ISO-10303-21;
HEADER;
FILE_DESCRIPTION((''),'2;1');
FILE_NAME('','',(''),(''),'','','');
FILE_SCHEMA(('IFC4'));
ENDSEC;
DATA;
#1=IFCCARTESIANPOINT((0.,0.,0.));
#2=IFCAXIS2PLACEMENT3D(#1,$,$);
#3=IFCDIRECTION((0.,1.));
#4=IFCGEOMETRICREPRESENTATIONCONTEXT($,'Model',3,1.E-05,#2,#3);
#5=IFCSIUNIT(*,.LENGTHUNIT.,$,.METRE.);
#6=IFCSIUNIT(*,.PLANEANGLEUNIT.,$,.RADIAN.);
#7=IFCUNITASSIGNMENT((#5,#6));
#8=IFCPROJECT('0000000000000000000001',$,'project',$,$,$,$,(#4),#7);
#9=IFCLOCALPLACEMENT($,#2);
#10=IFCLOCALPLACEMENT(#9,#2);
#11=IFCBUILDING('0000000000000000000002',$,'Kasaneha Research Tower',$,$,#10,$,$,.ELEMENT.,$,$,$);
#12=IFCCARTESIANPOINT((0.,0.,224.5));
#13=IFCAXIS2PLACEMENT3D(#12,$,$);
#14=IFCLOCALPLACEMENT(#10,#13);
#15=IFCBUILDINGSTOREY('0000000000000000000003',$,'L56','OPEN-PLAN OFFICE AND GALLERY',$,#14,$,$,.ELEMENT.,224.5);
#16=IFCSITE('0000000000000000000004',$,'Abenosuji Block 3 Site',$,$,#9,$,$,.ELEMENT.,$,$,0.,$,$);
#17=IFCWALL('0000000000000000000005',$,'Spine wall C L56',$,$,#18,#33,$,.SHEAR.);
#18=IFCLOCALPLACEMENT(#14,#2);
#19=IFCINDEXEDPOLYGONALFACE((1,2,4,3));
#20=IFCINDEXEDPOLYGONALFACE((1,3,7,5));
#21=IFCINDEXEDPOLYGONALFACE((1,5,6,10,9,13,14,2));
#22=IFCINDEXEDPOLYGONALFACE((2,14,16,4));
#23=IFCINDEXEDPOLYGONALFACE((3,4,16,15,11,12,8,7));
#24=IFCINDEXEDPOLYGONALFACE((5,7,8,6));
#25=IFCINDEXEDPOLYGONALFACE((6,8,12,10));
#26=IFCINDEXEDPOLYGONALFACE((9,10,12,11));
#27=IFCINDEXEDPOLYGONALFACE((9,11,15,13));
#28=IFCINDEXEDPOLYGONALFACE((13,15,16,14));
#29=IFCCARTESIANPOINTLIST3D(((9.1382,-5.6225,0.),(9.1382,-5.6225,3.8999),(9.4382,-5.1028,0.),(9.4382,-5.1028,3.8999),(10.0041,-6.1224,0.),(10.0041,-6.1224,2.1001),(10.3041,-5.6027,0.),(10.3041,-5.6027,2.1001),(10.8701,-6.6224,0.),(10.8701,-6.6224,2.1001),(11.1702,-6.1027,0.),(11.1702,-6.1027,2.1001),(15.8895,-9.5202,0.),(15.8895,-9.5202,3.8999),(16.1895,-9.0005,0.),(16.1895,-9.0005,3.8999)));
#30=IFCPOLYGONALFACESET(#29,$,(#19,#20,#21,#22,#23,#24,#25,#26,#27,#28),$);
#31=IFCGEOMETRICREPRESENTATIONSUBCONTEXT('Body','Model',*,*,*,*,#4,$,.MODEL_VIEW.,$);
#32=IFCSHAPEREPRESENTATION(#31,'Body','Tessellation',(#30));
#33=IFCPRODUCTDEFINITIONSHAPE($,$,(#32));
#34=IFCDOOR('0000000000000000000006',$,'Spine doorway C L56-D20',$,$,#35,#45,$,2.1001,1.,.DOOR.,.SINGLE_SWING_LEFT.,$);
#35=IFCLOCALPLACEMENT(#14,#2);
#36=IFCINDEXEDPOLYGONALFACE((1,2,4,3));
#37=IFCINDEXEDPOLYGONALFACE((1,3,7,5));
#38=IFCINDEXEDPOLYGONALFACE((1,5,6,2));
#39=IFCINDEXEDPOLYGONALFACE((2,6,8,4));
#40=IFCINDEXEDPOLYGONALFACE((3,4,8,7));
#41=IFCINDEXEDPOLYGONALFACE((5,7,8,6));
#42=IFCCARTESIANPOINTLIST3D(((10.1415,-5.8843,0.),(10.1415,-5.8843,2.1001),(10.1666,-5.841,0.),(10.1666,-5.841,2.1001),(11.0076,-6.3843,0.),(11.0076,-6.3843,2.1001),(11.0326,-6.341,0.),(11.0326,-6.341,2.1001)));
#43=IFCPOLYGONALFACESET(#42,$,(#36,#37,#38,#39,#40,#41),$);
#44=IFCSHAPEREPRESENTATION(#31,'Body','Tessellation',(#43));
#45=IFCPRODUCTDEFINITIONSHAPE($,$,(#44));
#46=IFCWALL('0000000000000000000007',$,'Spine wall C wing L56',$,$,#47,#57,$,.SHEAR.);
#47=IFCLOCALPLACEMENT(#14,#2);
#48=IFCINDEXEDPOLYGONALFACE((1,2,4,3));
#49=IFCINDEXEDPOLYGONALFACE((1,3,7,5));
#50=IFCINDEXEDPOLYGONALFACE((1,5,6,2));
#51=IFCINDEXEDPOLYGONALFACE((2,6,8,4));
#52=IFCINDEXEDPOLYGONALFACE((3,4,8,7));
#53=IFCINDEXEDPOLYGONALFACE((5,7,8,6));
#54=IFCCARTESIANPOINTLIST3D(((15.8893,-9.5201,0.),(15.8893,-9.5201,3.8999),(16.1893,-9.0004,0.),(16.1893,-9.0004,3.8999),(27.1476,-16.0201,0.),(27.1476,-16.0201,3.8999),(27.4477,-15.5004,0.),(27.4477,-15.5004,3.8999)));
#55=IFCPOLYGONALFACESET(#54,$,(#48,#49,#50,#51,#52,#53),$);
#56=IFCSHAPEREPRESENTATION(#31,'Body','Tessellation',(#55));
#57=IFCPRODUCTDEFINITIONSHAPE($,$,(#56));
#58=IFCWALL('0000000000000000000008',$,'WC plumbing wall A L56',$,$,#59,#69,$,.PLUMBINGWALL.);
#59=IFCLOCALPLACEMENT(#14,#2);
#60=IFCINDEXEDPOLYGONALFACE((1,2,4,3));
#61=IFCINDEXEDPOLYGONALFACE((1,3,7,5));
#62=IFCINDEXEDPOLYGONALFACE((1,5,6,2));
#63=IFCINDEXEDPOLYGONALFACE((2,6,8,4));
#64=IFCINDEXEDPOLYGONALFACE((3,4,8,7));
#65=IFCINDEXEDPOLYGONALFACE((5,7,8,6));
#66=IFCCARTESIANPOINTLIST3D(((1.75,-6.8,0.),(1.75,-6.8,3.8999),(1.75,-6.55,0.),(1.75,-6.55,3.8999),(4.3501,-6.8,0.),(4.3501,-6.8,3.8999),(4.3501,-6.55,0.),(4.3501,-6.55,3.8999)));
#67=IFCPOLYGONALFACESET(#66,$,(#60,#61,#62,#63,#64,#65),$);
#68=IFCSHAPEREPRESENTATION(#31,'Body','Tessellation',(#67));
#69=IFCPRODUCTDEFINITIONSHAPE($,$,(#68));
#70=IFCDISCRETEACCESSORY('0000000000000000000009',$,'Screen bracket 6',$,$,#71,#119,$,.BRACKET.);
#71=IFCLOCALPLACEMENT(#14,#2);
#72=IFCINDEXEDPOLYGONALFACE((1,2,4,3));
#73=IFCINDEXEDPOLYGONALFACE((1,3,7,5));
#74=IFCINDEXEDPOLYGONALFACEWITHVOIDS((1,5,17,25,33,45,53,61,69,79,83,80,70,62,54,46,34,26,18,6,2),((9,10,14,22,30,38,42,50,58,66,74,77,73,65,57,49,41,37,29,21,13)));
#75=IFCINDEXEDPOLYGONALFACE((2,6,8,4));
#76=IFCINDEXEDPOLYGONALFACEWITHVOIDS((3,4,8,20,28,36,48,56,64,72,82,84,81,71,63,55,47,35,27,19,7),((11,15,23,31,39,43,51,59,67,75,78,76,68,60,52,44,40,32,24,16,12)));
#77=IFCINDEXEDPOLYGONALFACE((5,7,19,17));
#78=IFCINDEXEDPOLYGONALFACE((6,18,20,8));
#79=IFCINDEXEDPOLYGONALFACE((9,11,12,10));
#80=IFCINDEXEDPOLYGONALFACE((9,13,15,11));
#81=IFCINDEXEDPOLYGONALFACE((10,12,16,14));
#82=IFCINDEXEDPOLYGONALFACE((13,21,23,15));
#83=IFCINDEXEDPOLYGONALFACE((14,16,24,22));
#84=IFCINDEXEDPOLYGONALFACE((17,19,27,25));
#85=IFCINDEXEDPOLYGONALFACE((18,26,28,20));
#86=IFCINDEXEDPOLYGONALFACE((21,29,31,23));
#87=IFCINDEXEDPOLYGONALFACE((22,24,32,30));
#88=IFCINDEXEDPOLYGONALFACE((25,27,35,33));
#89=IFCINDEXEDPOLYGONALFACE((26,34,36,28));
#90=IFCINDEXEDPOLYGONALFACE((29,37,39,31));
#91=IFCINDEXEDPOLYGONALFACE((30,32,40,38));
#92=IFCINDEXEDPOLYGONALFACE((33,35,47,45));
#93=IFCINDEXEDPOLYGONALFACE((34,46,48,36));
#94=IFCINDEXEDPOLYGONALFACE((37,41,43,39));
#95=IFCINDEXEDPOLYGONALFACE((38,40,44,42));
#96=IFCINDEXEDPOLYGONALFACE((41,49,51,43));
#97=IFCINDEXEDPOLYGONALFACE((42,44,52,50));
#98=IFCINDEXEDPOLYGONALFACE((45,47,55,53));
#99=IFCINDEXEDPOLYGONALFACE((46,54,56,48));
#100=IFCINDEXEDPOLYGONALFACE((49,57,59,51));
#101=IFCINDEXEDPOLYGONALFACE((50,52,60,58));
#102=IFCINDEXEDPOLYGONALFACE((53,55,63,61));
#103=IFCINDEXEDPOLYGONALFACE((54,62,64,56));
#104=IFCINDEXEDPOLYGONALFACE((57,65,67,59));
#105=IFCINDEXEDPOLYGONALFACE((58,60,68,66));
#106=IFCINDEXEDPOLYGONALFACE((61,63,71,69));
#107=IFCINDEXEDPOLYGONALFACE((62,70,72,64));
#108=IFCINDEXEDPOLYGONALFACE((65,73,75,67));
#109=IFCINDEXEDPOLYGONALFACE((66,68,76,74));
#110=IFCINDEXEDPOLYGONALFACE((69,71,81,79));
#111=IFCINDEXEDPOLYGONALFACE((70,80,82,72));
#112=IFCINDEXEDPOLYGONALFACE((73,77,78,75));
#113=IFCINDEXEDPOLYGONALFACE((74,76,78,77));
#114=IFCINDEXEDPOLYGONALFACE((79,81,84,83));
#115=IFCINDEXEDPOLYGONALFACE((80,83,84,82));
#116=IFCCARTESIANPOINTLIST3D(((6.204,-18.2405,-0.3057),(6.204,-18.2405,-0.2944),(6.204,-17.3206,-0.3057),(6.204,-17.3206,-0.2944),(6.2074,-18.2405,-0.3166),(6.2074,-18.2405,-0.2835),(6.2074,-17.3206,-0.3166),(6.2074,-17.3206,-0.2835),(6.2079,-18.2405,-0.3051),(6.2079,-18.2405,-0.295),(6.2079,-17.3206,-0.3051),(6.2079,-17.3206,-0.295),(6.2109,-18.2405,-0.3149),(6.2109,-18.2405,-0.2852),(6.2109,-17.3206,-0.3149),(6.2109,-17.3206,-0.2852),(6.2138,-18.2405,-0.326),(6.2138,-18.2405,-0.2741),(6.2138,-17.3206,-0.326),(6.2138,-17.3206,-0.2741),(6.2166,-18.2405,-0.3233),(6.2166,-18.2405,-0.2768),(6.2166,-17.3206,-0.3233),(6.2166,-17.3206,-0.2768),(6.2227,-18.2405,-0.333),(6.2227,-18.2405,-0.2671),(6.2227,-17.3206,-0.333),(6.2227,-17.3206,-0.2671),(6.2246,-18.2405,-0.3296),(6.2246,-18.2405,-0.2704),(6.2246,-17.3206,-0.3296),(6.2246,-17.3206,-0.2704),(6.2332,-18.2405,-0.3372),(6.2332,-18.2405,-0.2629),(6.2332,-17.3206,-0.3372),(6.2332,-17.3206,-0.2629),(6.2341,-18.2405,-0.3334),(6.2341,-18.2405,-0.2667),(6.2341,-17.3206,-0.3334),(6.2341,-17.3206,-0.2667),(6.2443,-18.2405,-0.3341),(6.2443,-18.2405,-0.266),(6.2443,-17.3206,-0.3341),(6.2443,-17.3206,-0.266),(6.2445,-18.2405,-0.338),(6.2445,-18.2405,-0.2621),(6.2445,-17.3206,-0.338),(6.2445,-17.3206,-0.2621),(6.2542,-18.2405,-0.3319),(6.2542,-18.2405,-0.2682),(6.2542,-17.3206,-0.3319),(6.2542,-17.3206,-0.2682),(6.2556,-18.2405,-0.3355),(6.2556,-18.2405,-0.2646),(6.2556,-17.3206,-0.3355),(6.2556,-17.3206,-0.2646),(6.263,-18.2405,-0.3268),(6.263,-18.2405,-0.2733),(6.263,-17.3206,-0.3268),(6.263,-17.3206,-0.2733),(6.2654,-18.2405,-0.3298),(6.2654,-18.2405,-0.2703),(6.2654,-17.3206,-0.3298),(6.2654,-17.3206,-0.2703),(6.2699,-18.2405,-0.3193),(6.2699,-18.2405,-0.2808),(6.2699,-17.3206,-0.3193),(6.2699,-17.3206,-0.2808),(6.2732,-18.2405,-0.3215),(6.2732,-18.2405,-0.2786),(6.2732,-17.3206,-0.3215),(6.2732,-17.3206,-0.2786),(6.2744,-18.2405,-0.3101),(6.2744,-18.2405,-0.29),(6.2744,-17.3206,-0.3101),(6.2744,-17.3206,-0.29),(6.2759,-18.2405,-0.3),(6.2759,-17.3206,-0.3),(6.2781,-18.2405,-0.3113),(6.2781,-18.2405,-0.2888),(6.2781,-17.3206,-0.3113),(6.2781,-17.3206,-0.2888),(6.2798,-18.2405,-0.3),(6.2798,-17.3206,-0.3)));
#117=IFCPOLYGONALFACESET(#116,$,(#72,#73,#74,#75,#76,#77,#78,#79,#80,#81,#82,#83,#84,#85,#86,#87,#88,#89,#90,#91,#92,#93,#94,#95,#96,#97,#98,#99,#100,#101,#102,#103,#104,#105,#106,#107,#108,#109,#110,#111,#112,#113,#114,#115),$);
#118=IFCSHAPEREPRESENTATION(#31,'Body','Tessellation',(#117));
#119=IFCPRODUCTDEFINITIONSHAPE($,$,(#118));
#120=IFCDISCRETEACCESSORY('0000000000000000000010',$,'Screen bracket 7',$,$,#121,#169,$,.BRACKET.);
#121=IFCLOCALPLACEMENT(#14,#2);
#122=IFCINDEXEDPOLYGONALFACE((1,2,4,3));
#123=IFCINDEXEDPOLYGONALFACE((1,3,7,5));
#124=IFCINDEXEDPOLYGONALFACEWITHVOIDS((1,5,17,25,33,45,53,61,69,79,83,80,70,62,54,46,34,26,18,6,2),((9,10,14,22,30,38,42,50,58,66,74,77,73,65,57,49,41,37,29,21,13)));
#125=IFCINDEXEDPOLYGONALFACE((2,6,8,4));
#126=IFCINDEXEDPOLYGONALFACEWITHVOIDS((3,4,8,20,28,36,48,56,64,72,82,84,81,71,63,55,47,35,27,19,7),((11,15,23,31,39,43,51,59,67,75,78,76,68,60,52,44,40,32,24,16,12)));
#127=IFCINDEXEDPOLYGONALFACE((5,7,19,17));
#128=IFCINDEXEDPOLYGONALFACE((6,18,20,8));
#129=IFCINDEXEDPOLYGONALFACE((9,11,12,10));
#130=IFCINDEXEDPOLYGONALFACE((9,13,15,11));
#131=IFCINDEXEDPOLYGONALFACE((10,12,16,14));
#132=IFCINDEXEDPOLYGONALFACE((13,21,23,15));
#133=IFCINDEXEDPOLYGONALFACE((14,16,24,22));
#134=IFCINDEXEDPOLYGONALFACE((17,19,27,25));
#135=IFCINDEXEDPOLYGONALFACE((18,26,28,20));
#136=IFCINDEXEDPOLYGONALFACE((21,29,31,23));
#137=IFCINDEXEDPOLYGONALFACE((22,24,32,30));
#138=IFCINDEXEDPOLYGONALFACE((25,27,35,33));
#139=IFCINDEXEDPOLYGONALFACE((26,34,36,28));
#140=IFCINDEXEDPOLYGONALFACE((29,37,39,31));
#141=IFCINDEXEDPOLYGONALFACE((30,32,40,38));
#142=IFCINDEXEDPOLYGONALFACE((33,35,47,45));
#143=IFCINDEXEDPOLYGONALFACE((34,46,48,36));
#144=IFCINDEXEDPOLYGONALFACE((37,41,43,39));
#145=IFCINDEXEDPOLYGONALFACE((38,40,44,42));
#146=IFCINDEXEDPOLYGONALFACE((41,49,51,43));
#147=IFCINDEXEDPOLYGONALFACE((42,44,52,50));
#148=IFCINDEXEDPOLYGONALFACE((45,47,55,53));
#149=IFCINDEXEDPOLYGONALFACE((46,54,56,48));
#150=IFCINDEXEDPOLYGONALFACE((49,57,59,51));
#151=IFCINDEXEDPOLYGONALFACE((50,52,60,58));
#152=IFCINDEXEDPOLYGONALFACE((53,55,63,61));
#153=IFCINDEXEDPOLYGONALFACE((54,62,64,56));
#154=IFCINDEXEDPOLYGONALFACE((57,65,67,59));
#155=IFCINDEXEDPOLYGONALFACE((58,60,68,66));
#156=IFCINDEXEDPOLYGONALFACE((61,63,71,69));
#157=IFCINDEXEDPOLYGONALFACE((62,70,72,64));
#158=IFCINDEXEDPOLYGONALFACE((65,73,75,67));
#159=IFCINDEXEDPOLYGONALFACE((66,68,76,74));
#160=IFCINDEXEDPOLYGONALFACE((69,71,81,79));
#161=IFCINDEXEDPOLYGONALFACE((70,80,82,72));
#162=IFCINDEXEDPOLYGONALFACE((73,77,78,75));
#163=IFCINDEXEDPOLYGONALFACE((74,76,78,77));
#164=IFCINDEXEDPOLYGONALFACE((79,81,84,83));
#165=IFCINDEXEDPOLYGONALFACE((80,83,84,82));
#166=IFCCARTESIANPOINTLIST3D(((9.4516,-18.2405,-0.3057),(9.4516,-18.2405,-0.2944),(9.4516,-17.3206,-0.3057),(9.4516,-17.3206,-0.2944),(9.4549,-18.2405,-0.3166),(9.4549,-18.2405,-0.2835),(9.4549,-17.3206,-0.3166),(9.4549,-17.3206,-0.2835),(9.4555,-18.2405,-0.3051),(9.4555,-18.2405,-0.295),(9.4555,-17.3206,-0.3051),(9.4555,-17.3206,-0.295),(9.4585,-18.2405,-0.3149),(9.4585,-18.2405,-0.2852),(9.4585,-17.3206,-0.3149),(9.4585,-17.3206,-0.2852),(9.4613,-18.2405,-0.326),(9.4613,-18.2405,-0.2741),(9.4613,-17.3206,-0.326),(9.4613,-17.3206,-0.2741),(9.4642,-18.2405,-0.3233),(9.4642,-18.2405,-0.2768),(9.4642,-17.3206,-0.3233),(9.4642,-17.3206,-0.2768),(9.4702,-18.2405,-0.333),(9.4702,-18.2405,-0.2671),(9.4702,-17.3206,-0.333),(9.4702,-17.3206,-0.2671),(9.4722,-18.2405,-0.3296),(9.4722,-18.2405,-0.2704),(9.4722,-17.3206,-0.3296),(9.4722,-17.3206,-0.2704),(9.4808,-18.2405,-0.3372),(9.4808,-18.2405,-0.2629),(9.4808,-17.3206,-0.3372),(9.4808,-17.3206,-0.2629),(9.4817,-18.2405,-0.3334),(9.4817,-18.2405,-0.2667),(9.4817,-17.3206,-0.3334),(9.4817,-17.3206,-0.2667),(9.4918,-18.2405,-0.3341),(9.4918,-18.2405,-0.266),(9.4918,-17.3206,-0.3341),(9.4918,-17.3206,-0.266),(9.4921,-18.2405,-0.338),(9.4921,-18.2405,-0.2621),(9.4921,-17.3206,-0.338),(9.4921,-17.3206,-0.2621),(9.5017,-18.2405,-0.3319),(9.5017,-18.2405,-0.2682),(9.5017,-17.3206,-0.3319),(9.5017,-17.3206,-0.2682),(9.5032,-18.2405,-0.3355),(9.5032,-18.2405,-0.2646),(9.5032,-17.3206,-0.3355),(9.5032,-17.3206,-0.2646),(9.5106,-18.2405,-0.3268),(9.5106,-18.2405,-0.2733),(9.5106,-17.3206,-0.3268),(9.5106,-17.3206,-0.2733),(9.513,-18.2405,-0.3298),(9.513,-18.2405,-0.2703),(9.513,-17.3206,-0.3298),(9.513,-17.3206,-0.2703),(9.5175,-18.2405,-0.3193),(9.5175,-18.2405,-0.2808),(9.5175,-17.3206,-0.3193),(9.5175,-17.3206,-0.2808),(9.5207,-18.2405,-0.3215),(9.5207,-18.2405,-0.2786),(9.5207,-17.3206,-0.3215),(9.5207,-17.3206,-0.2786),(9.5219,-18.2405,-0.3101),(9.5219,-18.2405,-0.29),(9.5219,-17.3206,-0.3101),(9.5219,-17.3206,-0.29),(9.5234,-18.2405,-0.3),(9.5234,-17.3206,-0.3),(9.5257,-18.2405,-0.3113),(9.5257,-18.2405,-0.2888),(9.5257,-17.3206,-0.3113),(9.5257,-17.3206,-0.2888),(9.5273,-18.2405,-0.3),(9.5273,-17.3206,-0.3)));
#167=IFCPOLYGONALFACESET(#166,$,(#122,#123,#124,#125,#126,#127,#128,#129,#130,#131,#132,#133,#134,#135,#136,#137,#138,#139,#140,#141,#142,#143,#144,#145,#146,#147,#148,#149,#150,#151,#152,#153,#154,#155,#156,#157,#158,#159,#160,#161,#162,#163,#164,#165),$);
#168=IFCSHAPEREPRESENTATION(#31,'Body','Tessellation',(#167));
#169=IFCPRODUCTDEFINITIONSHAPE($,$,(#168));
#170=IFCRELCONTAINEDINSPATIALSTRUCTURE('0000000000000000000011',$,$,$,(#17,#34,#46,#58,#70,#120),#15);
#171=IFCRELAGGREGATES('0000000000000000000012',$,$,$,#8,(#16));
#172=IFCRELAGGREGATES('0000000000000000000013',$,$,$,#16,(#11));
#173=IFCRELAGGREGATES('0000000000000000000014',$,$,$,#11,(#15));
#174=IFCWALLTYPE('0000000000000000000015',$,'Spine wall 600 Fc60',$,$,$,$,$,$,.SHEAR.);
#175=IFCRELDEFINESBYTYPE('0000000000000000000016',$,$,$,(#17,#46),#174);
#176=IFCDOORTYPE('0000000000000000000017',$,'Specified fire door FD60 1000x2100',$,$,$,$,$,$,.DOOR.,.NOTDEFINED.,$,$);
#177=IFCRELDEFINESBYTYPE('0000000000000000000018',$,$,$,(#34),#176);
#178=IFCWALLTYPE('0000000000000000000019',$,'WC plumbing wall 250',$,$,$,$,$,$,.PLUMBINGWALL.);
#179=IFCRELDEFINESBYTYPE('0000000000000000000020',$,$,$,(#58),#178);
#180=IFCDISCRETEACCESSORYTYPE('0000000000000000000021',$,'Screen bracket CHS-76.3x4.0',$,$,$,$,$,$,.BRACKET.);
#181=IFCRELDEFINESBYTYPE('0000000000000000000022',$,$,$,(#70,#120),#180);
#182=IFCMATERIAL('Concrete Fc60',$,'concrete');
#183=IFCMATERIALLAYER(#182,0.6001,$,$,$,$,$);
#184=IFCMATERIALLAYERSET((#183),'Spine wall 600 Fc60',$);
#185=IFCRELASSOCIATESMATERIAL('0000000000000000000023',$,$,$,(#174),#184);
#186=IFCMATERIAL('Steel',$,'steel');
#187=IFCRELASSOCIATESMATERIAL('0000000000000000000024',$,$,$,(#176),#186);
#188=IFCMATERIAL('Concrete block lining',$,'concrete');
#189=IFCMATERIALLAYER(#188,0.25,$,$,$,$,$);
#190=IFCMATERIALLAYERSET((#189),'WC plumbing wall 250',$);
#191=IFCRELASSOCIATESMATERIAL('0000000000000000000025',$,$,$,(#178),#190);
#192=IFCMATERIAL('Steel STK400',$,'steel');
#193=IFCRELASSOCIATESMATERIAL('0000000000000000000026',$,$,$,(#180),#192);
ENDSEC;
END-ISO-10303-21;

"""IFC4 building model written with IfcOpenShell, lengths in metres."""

from ifc_helpers import new_model, si_unit, direction, frame, frame_2d, origin, origin_2d, place, context, subcontext, project, spatial, rectangle, hollow_circle, extrude, material, layer, layer_set, material_profile, profile_set, type_object, element, fill, save


model = new_model("IFC4")

# Units and contexts
model_context = context("Model", 3, precision=1e-05, world=origin(), true_north=direction((0.0, 1.0)))
body_context = subcontext(model_context, "Body", "Model", "MODEL_VIEW")
ifc_project = project(units=[si_unit("LENGTHUNIT", "METRE"), si_unit("PLANEANGLEUNIT", "RADIAN")], contexts=[model_context])

# Site, building, storey
site_placement = place(None, origin())
site = spatial("IfcSite", under=ifc_project, at=site_placement, Name="Abenosuji Block 3 Site", CompositionType="ELEMENT", RefElevation=0.0)
building_placement = place(site_placement, origin())
building = spatial("IfcBuilding", under=site, at=building_placement, Name="Kasaneha Research Tower", CompositionType="ELEMENT")
storey_placement = place(building_placement, frame((0.0, 0.0, 224.5)))
storey = spatial("IfcBuildingStorey", under=building, at=storey_placement, Name="L56", Description="OPEN-PLAN OFFICE AND GALLERY", CompositionType="ELEMENT", Elevation=224.5)

# Wall, opening, door
ifc_material_1 = material(Name="Concrete Fc60", Category="concrete")
ifc_layer_1 = layer(ifc_material_1, 0.6001)
ifc_layer_set_1 = layer_set([ifc_layer_1], Name="Spine wall 600 Fc60")
wall_type_1 = type_object("IfcWallType", Name="Spine wall 600 Fc60", PredefinedType="SHEAR", material=ifc_layer_set_1)
wall_1_placement = place(storey_placement, frame((9.2881, -5.3625, 0.0), z_axis=(0.0, 0.0, 1.0), x_axis=(0.866032, -0.499989, 0.0)))
wall_1 = element("IfcWall", 1, at=wall_1_placement, inside=storey, type_object=wall_type_1, Name="Spine wall C L56", PredefinedType="SHEAR", context=body_context, shape_type="SweptSolid", body=[
    extrude(rectangle(XDim=7.7957, YDim=0.6001, at=frame_2d((3.8979, 0.0))), origin(), (0.0, 0.0, 1.0), 3.8999),
])
opening_1_placement = place(wall_1_placement, frame((1.0, 0.0, 0.0)))
opening_1 = element("IfcOpeningElement", 2, at=opening_1_placement, cuts=wall_1, PredefinedType="OPENING", context=body_context, shape_type="SweptSolid", body=[
    extrude(rectangle(XDim=1.0, YDim=2.1001, at=frame_2d((0.5, 1.05))), frame((0.0, 0.3101, 0.0), z_axis=(0.0, -1.0, 0.0), x_axis=(1.0, 0.0, 0.0)), (0.0, 0.0, 1.0), 0.6201),
])
ifc_material_2 = material(Name="Steel", Category="steel")
door_type_1 = type_object("IfcDoorType", Name="Specified fire door FD60 1000x2100", OperationType="NOTDEFINED", PredefinedType="DOOR", material=ifc_material_2)
door_1_placement = place(opening_1_placement, origin())
door_1 = element("IfcDoor", 3, at=door_1_placement, inside=storey, type_object=door_type_1, Name="Spine doorway C L56-D20", OperationType="SINGLE_SWING_LEFT", OverallHeight=2.1001, OverallWidth=1.0, PredefinedType="DOOR", context=body_context, shape_type="SweptSolid", body=[
    extrude(rectangle(XDim=1.0, YDim=2.1001, at=frame_2d((0.5, 1.05))), frame((0.0, 0.0249, 0.0), z_axis=(0.0, -1.0, 0.0), x_axis=(1.0, 0.0, 0.0)), (0.0, 0.0, 1.0), 0.05),
])
fill(opening_1, door_1)

# Walls
wall_2_placement = place(storey_placement, frame((16.0393, -9.2603, 0.0), z_axis=(0.0, 0.0, 1.0), x_axis=(0.866025, -0.500001, 0.0)))
element("IfcWall", 4, at=wall_2_placement, inside=storey, type_object=wall_type_1, Name="Spine wall C wing L56", PredefinedType="SHEAR", context=body_context, shape_type="SweptSolid", body=[
    extrude(rectangle(XDim=13.0, YDim=0.6001, at=frame_2d((6.5, 0.0))), origin(), (0.0, 0.0, 1.0), 3.8999),
])
ifc_material_3 = material(Name="Concrete block lining", Category="concrete")
ifc_layer_2 = layer(ifc_material_3, 0.25)
ifc_layer_set_2 = layer_set([ifc_layer_2], Name="WC plumbing wall 250")
wall_type_2 = type_object("IfcWallType", Name="WC plumbing wall 250", PredefinedType="PLUMBINGWALL", material=ifc_layer_set_2)
wall_3_placement = place(storey_placement, frame((1.75, -6.675, 0.0), z_axis=(0.0, 0.0, 1.0), x_axis=(1.0, 0.0, 0.0)))
element("IfcWall", 5, at=wall_3_placement, inside=storey, type_object=wall_type_2, Name="WC plumbing wall A L56", PredefinedType="PLUMBINGWALL", context=body_context, shape_type="SweptSolid", body=[
    extrude(rectangle(XDim=2.6001, YDim=0.25, at=frame_2d((1.3, 0.0))), origin(), (0.0, 0.0, 1.0), 3.8999),
])

# Discrete accessories
ifc_material_4 = material(Name="Steel STK400", Category="steel")
ifc_material_profile_1 = material_profile(ifc_material_4, hollow_circle(Radius=0.0381, WallThickness=0.0039, at=origin_2d()), Name="CHS-76.3x4.0")
ifc_profile_set_1 = profile_set([ifc_material_profile_1], Name="Steel STK400")
discrete_accessory_type = type_object("IfcDiscreteAccessoryType", Name="Screen bracket CHS-76.3x4.0", PredefinedType="BRACKET", material=ifc_profile_set_1)
for number, where, z_axis, x_axis, name in (
    (6, (6.2417, -17.3206, -0.3), (0.0, -1.0, 0.0), (1.0, 0.0, 0.0), "Screen bracket 6"),
    (7, (9.4893, -17.3206, -0.3), (0.0, -1.0, 0.0), (1.0, 0.0, 0.0), "Screen bracket 7"),
):
    element("IfcDiscreteAccessory", number, at=place(storey_placement, frame(where, z_axis=z_axis, x_axis=x_axis)), inside=storey, type_object=discrete_accessory_type, Name=name, PredefinedType="BRACKET", context=body_context, shape_type="SweptSolid", body=[
        extrude(hollow_circle(Radius=0.0381, WallThickness=0.0039, at=origin_2d()), origin(), (0.0, 0.0, 1.0), 0.9199),
    ])

save(model, "model.ifc")
